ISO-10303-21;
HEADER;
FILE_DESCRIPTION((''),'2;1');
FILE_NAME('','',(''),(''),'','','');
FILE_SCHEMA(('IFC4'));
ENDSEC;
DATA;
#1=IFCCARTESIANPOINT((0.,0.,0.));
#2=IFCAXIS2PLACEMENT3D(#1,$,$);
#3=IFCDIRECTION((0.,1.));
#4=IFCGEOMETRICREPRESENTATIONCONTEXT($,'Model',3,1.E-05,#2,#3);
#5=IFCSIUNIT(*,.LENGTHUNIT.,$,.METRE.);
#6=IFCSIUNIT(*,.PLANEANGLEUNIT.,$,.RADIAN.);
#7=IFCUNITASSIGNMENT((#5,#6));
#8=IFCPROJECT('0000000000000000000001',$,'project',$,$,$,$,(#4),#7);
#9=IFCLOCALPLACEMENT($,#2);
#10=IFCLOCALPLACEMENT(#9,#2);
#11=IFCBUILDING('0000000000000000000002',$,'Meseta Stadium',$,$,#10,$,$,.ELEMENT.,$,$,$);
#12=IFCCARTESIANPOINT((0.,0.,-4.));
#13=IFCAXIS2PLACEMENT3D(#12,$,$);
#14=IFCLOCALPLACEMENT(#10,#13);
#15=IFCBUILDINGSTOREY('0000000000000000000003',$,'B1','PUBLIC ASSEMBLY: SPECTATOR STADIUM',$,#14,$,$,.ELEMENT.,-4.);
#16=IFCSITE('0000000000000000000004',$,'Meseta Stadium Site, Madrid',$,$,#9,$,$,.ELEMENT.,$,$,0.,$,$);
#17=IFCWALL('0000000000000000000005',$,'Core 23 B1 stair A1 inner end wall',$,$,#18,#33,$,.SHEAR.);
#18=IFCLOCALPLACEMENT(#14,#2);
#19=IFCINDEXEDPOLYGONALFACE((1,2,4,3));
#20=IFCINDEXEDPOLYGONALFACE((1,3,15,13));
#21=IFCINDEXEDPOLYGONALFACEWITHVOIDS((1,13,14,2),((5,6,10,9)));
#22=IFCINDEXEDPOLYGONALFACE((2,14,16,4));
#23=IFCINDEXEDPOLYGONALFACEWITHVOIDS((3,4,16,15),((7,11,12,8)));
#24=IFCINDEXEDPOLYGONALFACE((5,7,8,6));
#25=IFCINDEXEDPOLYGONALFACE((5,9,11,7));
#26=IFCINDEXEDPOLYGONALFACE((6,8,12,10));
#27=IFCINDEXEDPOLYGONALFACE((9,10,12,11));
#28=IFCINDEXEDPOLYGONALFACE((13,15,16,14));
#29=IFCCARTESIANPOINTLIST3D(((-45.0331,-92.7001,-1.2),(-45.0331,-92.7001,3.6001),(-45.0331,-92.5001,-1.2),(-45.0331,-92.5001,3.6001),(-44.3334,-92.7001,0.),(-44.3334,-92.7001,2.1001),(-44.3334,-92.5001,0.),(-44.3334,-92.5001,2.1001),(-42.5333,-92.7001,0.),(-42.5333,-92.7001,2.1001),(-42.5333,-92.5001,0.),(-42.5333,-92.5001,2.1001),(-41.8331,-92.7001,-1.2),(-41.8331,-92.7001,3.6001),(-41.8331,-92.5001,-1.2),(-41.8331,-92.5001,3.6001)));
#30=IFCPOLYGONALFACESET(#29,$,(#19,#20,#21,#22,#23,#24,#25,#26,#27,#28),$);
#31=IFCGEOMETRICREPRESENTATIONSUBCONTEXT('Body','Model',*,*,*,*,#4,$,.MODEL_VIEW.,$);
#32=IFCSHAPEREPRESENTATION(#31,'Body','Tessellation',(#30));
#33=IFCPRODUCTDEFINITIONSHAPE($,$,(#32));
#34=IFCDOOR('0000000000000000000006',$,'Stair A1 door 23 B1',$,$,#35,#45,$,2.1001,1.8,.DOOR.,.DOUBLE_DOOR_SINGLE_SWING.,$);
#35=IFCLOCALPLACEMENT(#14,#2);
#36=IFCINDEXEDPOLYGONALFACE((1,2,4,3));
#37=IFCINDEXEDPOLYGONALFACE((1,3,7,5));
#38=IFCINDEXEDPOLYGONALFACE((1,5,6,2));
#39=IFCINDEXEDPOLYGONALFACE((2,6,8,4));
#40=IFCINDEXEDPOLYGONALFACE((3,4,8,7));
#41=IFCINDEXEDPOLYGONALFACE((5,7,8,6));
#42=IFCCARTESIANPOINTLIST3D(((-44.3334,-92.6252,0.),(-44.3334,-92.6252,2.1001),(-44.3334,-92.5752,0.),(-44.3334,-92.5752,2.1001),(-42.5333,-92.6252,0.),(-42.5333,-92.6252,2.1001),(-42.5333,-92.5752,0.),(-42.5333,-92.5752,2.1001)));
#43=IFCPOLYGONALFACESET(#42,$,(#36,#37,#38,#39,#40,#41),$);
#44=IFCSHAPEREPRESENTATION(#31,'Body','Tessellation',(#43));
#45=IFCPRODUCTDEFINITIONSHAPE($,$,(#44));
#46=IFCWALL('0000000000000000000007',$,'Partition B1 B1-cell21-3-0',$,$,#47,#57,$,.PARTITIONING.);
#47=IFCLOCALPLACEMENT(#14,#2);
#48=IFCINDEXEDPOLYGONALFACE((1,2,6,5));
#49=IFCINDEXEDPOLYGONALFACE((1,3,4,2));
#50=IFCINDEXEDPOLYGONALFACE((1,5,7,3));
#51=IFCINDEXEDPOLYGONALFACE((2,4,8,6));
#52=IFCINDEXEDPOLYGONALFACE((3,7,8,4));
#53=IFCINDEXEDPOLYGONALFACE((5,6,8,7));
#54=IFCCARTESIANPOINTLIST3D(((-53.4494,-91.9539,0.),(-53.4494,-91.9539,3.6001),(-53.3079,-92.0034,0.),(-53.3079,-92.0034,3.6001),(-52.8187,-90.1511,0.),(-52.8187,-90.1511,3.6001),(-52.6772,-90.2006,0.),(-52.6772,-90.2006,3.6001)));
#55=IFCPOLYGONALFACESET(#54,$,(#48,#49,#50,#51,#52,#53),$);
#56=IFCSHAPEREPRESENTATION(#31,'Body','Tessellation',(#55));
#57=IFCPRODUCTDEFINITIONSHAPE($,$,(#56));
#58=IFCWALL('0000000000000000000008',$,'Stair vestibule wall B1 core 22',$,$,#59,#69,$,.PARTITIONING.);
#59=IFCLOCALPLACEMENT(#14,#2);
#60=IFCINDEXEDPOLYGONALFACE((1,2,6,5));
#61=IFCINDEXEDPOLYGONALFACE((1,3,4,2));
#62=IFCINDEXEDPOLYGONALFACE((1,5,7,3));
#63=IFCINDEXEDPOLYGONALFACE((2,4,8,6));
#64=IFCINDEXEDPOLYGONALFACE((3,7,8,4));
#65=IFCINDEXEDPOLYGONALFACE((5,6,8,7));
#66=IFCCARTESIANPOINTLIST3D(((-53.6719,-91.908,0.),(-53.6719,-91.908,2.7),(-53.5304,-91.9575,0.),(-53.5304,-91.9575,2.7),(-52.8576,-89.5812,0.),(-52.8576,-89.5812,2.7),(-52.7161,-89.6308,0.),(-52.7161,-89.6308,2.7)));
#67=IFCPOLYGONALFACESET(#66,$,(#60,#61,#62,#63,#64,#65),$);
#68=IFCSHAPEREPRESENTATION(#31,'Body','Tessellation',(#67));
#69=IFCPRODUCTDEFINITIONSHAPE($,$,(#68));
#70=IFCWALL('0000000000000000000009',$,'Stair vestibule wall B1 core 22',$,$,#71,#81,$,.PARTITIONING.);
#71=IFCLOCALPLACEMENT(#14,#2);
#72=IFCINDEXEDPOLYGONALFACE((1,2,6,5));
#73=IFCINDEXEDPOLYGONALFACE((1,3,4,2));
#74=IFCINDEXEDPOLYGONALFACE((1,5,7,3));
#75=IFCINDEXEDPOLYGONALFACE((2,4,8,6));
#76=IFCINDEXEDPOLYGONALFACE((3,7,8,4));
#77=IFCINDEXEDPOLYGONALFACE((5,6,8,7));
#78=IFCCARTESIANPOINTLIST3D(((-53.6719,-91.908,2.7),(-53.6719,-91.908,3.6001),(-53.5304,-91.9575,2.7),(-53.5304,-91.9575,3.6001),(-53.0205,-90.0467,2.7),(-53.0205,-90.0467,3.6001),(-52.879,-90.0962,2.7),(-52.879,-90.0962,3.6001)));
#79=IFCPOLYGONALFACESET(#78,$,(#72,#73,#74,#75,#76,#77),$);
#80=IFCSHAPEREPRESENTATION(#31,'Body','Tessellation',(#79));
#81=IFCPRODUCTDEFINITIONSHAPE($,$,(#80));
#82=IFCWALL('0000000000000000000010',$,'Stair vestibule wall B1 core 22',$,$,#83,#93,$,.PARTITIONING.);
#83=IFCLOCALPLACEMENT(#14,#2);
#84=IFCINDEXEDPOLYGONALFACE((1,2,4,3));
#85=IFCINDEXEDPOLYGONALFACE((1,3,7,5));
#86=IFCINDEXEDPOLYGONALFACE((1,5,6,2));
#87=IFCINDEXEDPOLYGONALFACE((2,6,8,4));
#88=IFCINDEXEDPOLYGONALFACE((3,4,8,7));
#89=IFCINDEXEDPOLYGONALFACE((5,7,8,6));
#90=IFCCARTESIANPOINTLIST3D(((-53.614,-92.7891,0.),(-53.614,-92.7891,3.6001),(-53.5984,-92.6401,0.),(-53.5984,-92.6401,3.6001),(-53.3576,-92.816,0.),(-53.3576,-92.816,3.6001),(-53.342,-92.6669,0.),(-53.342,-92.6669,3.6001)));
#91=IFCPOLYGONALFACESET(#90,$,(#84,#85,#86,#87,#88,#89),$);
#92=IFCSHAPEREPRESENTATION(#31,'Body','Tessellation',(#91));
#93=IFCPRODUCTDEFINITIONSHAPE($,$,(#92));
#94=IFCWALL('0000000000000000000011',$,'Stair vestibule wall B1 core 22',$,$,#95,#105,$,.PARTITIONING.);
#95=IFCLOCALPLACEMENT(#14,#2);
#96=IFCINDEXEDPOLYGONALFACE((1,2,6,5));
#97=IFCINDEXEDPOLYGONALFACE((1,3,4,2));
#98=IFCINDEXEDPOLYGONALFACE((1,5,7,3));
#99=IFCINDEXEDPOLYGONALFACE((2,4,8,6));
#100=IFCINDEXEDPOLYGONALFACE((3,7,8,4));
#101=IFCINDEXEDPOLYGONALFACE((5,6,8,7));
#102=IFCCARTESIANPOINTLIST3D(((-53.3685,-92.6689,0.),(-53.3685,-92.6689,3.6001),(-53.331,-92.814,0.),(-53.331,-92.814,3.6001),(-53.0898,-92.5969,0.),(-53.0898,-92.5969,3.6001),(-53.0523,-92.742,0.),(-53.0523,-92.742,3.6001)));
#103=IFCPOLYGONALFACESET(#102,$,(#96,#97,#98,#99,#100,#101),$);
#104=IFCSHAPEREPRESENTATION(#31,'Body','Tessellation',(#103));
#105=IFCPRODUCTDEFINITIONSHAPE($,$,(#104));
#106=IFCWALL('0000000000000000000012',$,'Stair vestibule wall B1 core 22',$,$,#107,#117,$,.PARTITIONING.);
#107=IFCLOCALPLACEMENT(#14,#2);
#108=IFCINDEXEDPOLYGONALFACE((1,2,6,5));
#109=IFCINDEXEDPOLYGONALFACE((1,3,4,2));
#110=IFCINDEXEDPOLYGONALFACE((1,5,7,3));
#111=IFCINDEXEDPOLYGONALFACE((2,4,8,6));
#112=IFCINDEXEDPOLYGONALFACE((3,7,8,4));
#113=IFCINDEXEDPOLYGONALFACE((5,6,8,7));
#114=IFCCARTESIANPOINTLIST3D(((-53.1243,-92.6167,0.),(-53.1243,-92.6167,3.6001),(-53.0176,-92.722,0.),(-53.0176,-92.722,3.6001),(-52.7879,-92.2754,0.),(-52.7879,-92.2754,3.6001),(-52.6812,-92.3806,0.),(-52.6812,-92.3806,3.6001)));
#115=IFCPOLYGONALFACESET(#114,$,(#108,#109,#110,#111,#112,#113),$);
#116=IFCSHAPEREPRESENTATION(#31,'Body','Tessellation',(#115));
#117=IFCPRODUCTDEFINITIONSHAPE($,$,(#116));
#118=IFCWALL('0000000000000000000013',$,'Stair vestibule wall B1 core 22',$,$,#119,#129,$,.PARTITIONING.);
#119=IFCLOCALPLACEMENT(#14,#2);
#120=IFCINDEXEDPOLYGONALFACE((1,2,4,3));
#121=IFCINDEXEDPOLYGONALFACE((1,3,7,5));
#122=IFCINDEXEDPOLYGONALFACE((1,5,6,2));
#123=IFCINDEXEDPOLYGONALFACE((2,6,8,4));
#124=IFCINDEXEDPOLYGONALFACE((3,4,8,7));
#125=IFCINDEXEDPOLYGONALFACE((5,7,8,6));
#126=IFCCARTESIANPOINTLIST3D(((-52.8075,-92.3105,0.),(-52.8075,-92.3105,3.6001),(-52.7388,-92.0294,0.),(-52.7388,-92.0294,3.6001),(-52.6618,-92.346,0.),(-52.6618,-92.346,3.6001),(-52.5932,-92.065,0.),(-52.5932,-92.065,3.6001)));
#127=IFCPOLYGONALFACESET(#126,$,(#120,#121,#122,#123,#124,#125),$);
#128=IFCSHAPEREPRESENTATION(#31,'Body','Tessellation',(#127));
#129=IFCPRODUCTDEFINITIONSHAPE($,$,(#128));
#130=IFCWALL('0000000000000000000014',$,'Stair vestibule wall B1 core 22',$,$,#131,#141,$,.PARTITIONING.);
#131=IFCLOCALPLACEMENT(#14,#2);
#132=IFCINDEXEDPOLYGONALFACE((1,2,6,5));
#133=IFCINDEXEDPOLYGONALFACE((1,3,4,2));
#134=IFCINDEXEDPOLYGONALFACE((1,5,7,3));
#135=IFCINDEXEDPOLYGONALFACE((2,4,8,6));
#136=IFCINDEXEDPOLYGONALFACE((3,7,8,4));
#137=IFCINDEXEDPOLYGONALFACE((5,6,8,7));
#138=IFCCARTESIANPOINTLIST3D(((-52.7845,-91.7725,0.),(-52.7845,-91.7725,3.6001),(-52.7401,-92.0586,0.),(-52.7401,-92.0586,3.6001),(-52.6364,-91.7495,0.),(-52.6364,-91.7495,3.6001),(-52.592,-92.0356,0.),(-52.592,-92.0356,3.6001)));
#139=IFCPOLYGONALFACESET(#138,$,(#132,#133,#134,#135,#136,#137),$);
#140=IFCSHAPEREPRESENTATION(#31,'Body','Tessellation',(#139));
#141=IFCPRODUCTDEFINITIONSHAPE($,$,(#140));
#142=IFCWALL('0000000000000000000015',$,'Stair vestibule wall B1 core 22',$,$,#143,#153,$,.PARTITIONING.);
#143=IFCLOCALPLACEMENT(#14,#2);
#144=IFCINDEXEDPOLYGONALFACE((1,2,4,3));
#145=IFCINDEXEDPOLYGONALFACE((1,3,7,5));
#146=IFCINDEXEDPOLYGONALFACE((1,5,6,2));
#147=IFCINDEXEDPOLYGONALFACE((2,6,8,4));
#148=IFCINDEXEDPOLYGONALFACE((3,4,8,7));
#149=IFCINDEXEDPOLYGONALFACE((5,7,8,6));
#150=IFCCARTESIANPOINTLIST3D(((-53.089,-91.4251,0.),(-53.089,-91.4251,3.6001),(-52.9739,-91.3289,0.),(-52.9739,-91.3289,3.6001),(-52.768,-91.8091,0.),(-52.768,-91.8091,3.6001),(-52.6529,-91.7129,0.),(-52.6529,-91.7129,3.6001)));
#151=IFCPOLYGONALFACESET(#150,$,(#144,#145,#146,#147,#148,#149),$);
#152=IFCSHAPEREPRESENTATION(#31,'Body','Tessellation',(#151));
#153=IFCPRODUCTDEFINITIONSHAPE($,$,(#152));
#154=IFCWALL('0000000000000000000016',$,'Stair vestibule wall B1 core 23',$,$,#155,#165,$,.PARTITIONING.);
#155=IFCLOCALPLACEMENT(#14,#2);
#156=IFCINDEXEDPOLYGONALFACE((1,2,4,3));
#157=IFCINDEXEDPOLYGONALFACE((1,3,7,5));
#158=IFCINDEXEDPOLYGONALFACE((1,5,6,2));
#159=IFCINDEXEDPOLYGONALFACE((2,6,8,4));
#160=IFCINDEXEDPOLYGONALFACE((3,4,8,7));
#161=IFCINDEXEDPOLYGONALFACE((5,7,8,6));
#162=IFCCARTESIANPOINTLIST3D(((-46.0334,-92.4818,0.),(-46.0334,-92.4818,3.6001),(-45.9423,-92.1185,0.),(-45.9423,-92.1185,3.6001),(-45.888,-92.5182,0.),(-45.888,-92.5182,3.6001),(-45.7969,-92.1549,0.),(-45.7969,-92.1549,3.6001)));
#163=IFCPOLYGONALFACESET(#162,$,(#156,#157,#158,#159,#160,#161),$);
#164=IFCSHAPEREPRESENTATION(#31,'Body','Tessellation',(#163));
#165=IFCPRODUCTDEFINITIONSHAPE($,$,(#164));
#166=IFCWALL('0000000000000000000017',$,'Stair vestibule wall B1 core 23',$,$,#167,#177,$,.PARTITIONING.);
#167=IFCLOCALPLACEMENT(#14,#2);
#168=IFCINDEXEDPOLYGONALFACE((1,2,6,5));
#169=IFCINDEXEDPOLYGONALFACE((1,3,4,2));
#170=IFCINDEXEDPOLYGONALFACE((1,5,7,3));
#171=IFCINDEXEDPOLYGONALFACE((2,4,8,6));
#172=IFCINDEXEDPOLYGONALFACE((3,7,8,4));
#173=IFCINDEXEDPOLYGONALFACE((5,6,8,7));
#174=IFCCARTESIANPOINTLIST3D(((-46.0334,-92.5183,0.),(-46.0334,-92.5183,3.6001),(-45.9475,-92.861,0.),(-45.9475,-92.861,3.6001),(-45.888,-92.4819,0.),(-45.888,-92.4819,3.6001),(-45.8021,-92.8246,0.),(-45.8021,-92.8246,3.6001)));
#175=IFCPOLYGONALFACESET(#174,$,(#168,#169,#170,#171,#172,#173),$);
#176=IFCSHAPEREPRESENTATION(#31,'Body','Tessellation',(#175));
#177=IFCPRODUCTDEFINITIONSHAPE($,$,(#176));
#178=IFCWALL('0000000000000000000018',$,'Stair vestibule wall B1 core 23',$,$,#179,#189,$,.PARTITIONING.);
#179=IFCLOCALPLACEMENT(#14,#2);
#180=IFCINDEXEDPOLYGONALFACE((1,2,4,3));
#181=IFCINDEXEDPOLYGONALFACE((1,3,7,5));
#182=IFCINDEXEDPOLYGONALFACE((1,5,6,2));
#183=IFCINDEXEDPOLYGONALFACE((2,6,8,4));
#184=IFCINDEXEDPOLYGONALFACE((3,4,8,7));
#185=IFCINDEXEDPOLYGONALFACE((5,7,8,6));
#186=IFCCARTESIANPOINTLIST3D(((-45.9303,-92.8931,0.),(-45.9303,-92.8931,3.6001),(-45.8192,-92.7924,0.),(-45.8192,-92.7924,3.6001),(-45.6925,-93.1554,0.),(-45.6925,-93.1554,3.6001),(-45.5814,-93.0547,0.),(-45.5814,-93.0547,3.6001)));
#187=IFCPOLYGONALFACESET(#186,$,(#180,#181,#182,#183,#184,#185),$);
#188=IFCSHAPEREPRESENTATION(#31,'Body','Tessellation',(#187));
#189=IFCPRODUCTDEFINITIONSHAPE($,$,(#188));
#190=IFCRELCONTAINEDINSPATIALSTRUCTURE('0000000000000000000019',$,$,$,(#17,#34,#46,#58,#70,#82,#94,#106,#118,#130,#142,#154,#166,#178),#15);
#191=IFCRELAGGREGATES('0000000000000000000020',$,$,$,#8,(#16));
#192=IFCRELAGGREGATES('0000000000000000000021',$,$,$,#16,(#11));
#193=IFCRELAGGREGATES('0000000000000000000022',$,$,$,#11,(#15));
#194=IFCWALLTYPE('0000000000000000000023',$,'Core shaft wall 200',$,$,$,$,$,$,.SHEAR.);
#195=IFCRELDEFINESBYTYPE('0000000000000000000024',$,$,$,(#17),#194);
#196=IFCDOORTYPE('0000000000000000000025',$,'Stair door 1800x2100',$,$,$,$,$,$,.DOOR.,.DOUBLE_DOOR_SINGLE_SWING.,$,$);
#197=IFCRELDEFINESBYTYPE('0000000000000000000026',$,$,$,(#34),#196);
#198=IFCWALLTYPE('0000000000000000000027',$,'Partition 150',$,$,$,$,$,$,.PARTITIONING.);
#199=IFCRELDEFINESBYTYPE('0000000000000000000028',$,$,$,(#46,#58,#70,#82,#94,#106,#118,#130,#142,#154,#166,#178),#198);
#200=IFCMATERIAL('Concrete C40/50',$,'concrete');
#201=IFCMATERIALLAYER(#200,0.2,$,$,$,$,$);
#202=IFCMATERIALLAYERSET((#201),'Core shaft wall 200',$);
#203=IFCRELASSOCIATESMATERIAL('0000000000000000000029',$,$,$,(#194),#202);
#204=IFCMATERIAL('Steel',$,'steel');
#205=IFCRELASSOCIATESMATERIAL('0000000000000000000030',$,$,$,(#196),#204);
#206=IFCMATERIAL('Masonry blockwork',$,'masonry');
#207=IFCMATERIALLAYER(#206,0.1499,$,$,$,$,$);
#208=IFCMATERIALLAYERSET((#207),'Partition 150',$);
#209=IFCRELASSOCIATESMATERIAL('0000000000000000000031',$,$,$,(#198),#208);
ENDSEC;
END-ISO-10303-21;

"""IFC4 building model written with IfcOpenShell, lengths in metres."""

from ifc_helpers import new_model, si_unit, direction, frame, frame_2d, origin, place, context, subcontext, project, spatial, rectangle, extrude, material, layer, layer_set, type_object, element, fill, save


model = new_model("IFC4")

# Units and contexts
model_context = context("Model", 3, precision=1e-05, world=origin(), true_north=direction((0.0, 1.0)))
body_context = subcontext(model_context, "Body", "Model", "MODEL_VIEW")
ifc_project = project(units=[si_unit("LENGTHUNIT", "METRE"), si_unit("PLANEANGLEUNIT", "RADIAN")], contexts=[model_context])

# Site, building, storey
site_placement = place(None, origin())
site = spatial("IfcSite", under=ifc_project, at=site_placement, Name="Meseta Stadium Site, Madrid", CompositionType="ELEMENT", RefElevation=0.0)
building_placement = place(site_placement, origin())
building = spatial("IfcBuilding", under=site, at=building_placement, Name="Meseta Stadium", CompositionType="ELEMENT")
storey_placement = place(building_placement, frame((0.0, 0.0, -4.0)))
storey = spatial("IfcBuildingStorey", under=building, at=storey_placement, Name="B1", Description="PUBLIC ASSEMBLY: SPECTATOR STADIUM", CompositionType="ELEMENT", Elevation=-4.0)

# Wall, opening, door
ifc_material_1 = material(Name="Concrete C40/50", Category="concrete")
ifc_layer_1 = layer(ifc_material_1, 0.2)
ifc_layer_set_1 = layer_set([ifc_layer_1], Name="Core shaft wall 200")
wall_type_1 = type_object("IfcWallType", Name="Core shaft wall 200", PredefinedType="SHEAR", material=ifc_layer_set_1)
wall_1_placement = place(storey_placement, frame((-45.0332, -92.6001, -1.2), z_axis=(0.0, 0.0, 1.0), x_axis=(1.0, 0.0, 0.0)))
wall_1 = element("IfcWall", 1, at=wall_1_placement, inside=storey, type_object=wall_type_1, Name="Core 23 B1 stair A1 inner end wall", PredefinedType="SHEAR", context=body_context, shape_type="SweptSolid", body=[
    extrude(rectangle(XDim=3.2, YDim=0.2, at=frame_2d((1.6001, 0.0))), origin(), (0.0, 0.0, 1.0), 4.8),
])
opening_placement = place(wall_1_placement, frame((0.7, 0.0, 1.2)))
opening = element("IfcOpeningElement", 2, at=opening_placement, cuts=wall_1, PredefinedType="OPENING", context=body_context, shape_type="SweptSolid", body=[
    extrude(rectangle(XDim=1.8, YDim=2.1001, at=frame_2d((0.8999, 1.05))), frame((0.0, 0.1099, 0.0), z_axis=(0.0, -1.0, 0.0), x_axis=(1.0, 0.0, 0.0)), (0.0, 0.0, 1.0), 0.22),
])
ifc_material_2 = material(Name="Steel", Category="steel")
door_type = type_object("IfcDoorType", Name="Stair door 1800x2100", OperationType="DOUBLE_DOOR_SINGLE_SWING", PredefinedType="DOOR", material=ifc_material_2)
door_placement = place(opening_placement, origin())
door = element("IfcDoor", 3, at=door_placement, inside=storey, type_object=door_type, Name="Stair A1 door 23 B1", OperationType="DOUBLE_DOOR_SINGLE_SWING", OverallHeight=2.1001, OverallWidth=1.8, PredefinedType="DOOR", context=body_context, shape_type="SweptSolid", body=[
    extrude(rectangle(XDim=1.8, YDim=2.1001, at=frame_2d((0.8999, 1.05))), frame((0.0, 0.0249, 0.0), z_axis=(0.0, -1.0, 0.0), x_axis=(1.0, 0.0, 0.0)), (0.0, 0.0, 1.0), 0.05),
])
fill(opening, door)

# Walls
ifc_material_3 = material(Name="Masonry blockwork", Category="masonry")
ifc_layer_2 = layer(ifc_material_3, 0.1499)
ifc_layer_set_2 = layer_set([ifc_layer_2], Name="Partition 150")
wall_type_2 = type_object("IfcWallType", Name="Partition 150", PredefinedType="PARTITIONING", material=ifc_layer_set_2)
wall_2_placement = place(storey_placement, frame((-53.3787, -91.9788, 0.0), z_axis=(0.0, 0.0, 1.0), x_axis=(0.330191, 0.943914, 0.0)))
element("IfcWall", 4, at=wall_2_placement, inside=storey, type_object=wall_type_2, Name="Partition B1 B1-cell21-3-0", PredefinedType="PARTITIONING", context=body_context, shape_type="SweptSolid", body=[
    extrude(rectangle(XDim=1.9099, YDim=0.1499, at=frame_2d((0.9551, 0.0))), origin(), (0.0, 0.0, 1.0), 3.6001),
])
wall_3_placement = place(storey_placement, frame((-53.6011, -91.9326, 0.0), z_axis=(0.0, 0.0, 1.0), x_axis=(0.330306, 0.943874, 0.0)))
element("IfcWall", 5, at=wall_3_placement, inside=storey, type_object=wall_type_2, Name="Stair vestibule wall B1 core 22", PredefinedType="PARTITIONING", context=body_context, shape_type="SweptSolid", body=[
    extrude(rectangle(XDim=2.4651, YDim=0.1499, at=frame_2d((1.2324, 0.0))), origin(), (0.0, 0.0, 1.0), 2.7),
])
wall_4_placement = place(storey_placement, frame((-53.6011, -91.9326, 2.7), z_axis=(0.0, 0.0, 1.0), x_axis=(0.330306, 0.943874, 0.0)))
element("IfcWall", 6, at=wall_4_placement, inside=storey, type_object=wall_type_2, Name="Stair vestibule wall B1 core 22", PredefinedType="PARTITIONING", context=body_context, shape_type="SweptSolid", body=[
    extrude(rectangle(XDim=1.9719, YDim=0.1499, at=frame_2d((0.9858, 0.0))), origin(), (0.0, 0.0, 1.0), 0.9001),
])
wall_5_placement = place(storey_placement, frame((-53.6062, -92.7146, 0.0), z_axis=(0.0, 0.0, 1.0), x_axis=(0.994557, -0.104192, 0.0)))
element("IfcWall", 7, at=wall_5_placement, inside=storey, type_object=wall_type_2, Name="Stair vestibule wall B1 core 22", PredefinedType="PARTITIONING", context=body_context, shape_type="SweptSolid", body=[
    extrude(rectangle(XDim=0.2578, YDim=0.1499, at=frame_2d((0.1289, 0.0))), origin(), (0.0, 0.0, 1.0), 3.6001),
])
wall_6_placement = place(storey_placement, frame((-53.3499, -92.7415, 0.0), z_axis=(0.0, 0.0, 1.0), x_axis=(0.968218, 0.250109, 0.0)))
element("IfcWall", 8, at=wall_6_placement, inside=storey, type_object=wall_type_2, Name="Stair vestibule wall B1 core 22", PredefinedType="PARTITIONING", context=body_context, shape_type="SweptSolid", body=[
    extrude(rectangle(XDim=0.2878, YDim=0.1499, at=frame_2d((0.144, 0.0))), origin(), (0.0, 0.0, 1.0), 3.6001),
])
wall_7_placement = place(storey_placement, frame((-53.071, -92.6694, 0.0), z_axis=(0.0, 0.0, 1.0), x_axis=(0.701994, 0.712183, 0.0)))
element("IfcWall", 9, at=wall_7_placement, inside=storey, type_object=wall_type_2, Name="Stair vestibule wall B1 core 22", PredefinedType="PARTITIONING", context=body_context, shape_type="SweptSolid", body=[
    extrude(rectangle(XDim=0.4792, YDim=0.1499, at=frame_2d((0.2397, 0.0))), origin(), (0.0, 0.0, 1.0), 3.6001),
])
wall_8_placement = place(storey_placement, frame((-52.7346, -92.3281, 0.0), z_axis=(0.0, 0.0, 1.0), x_axis=(0.23717, 0.971468, 0.0)))
element("IfcWall", 10, at=wall_8_placement, inside=storey, type_object=wall_type_2, Name="Stair vestibule wall B1 core 22", PredefinedType="PARTITIONING", context=body_context, shape_type="SweptSolid", body=[
    extrude(rectangle(XDim=0.2893, YDim=0.1499, at=frame_2d((0.1445, 0.0))), origin(), (0.0, 0.0, 1.0), 3.6001),
])
wall_9_placement = place(storey_placement, frame((-52.666, -92.0471, 0.0), z_axis=(0.0, 0.0, 1.0), x_axis=(-0.153451, 0.988156, 0.0)))
element("IfcWall", 11, at=wall_9_placement, inside=storey, type_object=wall_type_2, Name="Stair vestibule wall B1 core 22", PredefinedType="PARTITIONING", context=body_context, shape_type="SweptSolid", body=[
    extrude(rectangle(XDim=0.2896, YDim=0.1499, at=frame_2d((0.1448, 0.0))), origin(), (0.0, 0.0, 1.0), 3.6001),
])
wall_10_placement = place(storey_placement, frame((-52.7104, -91.761, 0.0), z_axis=(0.0, 0.0, 1.0), x_axis=(-0.641383, 0.767221, 0.0)))
element("IfcWall", 12, at=wall_10_placement, inside=storey, type_object=wall_type_2, Name="Stair vestibule wall B1 core 22", PredefinedType="PARTITIONING", context=body_context, shape_type="SweptSolid", body=[
    extrude(rectangle(XDim=0.5005, YDim=0.1499, at=frame_2d((0.2502, 0.0))), origin(), (0.0, 0.0, 1.0), 3.6001),
])
wall_11_placement = place(storey_placement, frame((-45.8696, -92.1367, 0.0), z_axis=(0.0, 0.0, 1.0), x_axis=(-0.243149, -0.969989, 0.0)))
element("IfcWall", 13, at=wall_11_placement, inside=storey, type_object=wall_type_2, Name="Stair vestibule wall B1 core 23", PredefinedType="PARTITIONING", context=body_context, shape_type="SweptSolid", body=[
    extrude(rectangle(XDim=0.3745, YDim=0.1499, at=frame_2d((0.1873, 0.0))), origin(), (0.0, 0.0, 1.0), 3.6001),
])
wall_12_placement = place(storey_placement, frame((-45.9607, -92.5, 0.0), z_axis=(0.0, 0.0, 1.0), x_axis=(0.243186, -0.96998, 0.0)))
element("IfcWall", 14, at=wall_12_placement, inside=storey, type_object=wall_type_2, Name="Stair vestibule wall B1 core 23", PredefinedType="PARTITIONING", context=body_context, shape_type="SweptSolid", body=[
    extrude(rectangle(XDim=0.3533, YDim=0.1499, at=frame_2d((0.1768, 0.0))), origin(), (0.0, 0.0, 1.0), 3.6001),
])
wall_13_placement = place(storey_placement, frame((-45.8748, -92.8428, 0.0), z_axis=(0.0, 0.0, 1.0), x_axis=(0.67178, -0.740751, 0.0)))
element("IfcWall", 15, at=wall_13_placement, inside=storey, type_object=wall_type_2, Name="Stair vestibule wall B1 core 23", PredefinedType="PARTITIONING", context=body_context, shape_type="SweptSolid", body=[
    extrude(rectangle(XDim=0.354, YDim=0.1499, at=frame_2d((0.177, 0.0))), origin(), (0.0, 0.0, 1.0), 3.6001),
])

save(model, "model.ifc")
